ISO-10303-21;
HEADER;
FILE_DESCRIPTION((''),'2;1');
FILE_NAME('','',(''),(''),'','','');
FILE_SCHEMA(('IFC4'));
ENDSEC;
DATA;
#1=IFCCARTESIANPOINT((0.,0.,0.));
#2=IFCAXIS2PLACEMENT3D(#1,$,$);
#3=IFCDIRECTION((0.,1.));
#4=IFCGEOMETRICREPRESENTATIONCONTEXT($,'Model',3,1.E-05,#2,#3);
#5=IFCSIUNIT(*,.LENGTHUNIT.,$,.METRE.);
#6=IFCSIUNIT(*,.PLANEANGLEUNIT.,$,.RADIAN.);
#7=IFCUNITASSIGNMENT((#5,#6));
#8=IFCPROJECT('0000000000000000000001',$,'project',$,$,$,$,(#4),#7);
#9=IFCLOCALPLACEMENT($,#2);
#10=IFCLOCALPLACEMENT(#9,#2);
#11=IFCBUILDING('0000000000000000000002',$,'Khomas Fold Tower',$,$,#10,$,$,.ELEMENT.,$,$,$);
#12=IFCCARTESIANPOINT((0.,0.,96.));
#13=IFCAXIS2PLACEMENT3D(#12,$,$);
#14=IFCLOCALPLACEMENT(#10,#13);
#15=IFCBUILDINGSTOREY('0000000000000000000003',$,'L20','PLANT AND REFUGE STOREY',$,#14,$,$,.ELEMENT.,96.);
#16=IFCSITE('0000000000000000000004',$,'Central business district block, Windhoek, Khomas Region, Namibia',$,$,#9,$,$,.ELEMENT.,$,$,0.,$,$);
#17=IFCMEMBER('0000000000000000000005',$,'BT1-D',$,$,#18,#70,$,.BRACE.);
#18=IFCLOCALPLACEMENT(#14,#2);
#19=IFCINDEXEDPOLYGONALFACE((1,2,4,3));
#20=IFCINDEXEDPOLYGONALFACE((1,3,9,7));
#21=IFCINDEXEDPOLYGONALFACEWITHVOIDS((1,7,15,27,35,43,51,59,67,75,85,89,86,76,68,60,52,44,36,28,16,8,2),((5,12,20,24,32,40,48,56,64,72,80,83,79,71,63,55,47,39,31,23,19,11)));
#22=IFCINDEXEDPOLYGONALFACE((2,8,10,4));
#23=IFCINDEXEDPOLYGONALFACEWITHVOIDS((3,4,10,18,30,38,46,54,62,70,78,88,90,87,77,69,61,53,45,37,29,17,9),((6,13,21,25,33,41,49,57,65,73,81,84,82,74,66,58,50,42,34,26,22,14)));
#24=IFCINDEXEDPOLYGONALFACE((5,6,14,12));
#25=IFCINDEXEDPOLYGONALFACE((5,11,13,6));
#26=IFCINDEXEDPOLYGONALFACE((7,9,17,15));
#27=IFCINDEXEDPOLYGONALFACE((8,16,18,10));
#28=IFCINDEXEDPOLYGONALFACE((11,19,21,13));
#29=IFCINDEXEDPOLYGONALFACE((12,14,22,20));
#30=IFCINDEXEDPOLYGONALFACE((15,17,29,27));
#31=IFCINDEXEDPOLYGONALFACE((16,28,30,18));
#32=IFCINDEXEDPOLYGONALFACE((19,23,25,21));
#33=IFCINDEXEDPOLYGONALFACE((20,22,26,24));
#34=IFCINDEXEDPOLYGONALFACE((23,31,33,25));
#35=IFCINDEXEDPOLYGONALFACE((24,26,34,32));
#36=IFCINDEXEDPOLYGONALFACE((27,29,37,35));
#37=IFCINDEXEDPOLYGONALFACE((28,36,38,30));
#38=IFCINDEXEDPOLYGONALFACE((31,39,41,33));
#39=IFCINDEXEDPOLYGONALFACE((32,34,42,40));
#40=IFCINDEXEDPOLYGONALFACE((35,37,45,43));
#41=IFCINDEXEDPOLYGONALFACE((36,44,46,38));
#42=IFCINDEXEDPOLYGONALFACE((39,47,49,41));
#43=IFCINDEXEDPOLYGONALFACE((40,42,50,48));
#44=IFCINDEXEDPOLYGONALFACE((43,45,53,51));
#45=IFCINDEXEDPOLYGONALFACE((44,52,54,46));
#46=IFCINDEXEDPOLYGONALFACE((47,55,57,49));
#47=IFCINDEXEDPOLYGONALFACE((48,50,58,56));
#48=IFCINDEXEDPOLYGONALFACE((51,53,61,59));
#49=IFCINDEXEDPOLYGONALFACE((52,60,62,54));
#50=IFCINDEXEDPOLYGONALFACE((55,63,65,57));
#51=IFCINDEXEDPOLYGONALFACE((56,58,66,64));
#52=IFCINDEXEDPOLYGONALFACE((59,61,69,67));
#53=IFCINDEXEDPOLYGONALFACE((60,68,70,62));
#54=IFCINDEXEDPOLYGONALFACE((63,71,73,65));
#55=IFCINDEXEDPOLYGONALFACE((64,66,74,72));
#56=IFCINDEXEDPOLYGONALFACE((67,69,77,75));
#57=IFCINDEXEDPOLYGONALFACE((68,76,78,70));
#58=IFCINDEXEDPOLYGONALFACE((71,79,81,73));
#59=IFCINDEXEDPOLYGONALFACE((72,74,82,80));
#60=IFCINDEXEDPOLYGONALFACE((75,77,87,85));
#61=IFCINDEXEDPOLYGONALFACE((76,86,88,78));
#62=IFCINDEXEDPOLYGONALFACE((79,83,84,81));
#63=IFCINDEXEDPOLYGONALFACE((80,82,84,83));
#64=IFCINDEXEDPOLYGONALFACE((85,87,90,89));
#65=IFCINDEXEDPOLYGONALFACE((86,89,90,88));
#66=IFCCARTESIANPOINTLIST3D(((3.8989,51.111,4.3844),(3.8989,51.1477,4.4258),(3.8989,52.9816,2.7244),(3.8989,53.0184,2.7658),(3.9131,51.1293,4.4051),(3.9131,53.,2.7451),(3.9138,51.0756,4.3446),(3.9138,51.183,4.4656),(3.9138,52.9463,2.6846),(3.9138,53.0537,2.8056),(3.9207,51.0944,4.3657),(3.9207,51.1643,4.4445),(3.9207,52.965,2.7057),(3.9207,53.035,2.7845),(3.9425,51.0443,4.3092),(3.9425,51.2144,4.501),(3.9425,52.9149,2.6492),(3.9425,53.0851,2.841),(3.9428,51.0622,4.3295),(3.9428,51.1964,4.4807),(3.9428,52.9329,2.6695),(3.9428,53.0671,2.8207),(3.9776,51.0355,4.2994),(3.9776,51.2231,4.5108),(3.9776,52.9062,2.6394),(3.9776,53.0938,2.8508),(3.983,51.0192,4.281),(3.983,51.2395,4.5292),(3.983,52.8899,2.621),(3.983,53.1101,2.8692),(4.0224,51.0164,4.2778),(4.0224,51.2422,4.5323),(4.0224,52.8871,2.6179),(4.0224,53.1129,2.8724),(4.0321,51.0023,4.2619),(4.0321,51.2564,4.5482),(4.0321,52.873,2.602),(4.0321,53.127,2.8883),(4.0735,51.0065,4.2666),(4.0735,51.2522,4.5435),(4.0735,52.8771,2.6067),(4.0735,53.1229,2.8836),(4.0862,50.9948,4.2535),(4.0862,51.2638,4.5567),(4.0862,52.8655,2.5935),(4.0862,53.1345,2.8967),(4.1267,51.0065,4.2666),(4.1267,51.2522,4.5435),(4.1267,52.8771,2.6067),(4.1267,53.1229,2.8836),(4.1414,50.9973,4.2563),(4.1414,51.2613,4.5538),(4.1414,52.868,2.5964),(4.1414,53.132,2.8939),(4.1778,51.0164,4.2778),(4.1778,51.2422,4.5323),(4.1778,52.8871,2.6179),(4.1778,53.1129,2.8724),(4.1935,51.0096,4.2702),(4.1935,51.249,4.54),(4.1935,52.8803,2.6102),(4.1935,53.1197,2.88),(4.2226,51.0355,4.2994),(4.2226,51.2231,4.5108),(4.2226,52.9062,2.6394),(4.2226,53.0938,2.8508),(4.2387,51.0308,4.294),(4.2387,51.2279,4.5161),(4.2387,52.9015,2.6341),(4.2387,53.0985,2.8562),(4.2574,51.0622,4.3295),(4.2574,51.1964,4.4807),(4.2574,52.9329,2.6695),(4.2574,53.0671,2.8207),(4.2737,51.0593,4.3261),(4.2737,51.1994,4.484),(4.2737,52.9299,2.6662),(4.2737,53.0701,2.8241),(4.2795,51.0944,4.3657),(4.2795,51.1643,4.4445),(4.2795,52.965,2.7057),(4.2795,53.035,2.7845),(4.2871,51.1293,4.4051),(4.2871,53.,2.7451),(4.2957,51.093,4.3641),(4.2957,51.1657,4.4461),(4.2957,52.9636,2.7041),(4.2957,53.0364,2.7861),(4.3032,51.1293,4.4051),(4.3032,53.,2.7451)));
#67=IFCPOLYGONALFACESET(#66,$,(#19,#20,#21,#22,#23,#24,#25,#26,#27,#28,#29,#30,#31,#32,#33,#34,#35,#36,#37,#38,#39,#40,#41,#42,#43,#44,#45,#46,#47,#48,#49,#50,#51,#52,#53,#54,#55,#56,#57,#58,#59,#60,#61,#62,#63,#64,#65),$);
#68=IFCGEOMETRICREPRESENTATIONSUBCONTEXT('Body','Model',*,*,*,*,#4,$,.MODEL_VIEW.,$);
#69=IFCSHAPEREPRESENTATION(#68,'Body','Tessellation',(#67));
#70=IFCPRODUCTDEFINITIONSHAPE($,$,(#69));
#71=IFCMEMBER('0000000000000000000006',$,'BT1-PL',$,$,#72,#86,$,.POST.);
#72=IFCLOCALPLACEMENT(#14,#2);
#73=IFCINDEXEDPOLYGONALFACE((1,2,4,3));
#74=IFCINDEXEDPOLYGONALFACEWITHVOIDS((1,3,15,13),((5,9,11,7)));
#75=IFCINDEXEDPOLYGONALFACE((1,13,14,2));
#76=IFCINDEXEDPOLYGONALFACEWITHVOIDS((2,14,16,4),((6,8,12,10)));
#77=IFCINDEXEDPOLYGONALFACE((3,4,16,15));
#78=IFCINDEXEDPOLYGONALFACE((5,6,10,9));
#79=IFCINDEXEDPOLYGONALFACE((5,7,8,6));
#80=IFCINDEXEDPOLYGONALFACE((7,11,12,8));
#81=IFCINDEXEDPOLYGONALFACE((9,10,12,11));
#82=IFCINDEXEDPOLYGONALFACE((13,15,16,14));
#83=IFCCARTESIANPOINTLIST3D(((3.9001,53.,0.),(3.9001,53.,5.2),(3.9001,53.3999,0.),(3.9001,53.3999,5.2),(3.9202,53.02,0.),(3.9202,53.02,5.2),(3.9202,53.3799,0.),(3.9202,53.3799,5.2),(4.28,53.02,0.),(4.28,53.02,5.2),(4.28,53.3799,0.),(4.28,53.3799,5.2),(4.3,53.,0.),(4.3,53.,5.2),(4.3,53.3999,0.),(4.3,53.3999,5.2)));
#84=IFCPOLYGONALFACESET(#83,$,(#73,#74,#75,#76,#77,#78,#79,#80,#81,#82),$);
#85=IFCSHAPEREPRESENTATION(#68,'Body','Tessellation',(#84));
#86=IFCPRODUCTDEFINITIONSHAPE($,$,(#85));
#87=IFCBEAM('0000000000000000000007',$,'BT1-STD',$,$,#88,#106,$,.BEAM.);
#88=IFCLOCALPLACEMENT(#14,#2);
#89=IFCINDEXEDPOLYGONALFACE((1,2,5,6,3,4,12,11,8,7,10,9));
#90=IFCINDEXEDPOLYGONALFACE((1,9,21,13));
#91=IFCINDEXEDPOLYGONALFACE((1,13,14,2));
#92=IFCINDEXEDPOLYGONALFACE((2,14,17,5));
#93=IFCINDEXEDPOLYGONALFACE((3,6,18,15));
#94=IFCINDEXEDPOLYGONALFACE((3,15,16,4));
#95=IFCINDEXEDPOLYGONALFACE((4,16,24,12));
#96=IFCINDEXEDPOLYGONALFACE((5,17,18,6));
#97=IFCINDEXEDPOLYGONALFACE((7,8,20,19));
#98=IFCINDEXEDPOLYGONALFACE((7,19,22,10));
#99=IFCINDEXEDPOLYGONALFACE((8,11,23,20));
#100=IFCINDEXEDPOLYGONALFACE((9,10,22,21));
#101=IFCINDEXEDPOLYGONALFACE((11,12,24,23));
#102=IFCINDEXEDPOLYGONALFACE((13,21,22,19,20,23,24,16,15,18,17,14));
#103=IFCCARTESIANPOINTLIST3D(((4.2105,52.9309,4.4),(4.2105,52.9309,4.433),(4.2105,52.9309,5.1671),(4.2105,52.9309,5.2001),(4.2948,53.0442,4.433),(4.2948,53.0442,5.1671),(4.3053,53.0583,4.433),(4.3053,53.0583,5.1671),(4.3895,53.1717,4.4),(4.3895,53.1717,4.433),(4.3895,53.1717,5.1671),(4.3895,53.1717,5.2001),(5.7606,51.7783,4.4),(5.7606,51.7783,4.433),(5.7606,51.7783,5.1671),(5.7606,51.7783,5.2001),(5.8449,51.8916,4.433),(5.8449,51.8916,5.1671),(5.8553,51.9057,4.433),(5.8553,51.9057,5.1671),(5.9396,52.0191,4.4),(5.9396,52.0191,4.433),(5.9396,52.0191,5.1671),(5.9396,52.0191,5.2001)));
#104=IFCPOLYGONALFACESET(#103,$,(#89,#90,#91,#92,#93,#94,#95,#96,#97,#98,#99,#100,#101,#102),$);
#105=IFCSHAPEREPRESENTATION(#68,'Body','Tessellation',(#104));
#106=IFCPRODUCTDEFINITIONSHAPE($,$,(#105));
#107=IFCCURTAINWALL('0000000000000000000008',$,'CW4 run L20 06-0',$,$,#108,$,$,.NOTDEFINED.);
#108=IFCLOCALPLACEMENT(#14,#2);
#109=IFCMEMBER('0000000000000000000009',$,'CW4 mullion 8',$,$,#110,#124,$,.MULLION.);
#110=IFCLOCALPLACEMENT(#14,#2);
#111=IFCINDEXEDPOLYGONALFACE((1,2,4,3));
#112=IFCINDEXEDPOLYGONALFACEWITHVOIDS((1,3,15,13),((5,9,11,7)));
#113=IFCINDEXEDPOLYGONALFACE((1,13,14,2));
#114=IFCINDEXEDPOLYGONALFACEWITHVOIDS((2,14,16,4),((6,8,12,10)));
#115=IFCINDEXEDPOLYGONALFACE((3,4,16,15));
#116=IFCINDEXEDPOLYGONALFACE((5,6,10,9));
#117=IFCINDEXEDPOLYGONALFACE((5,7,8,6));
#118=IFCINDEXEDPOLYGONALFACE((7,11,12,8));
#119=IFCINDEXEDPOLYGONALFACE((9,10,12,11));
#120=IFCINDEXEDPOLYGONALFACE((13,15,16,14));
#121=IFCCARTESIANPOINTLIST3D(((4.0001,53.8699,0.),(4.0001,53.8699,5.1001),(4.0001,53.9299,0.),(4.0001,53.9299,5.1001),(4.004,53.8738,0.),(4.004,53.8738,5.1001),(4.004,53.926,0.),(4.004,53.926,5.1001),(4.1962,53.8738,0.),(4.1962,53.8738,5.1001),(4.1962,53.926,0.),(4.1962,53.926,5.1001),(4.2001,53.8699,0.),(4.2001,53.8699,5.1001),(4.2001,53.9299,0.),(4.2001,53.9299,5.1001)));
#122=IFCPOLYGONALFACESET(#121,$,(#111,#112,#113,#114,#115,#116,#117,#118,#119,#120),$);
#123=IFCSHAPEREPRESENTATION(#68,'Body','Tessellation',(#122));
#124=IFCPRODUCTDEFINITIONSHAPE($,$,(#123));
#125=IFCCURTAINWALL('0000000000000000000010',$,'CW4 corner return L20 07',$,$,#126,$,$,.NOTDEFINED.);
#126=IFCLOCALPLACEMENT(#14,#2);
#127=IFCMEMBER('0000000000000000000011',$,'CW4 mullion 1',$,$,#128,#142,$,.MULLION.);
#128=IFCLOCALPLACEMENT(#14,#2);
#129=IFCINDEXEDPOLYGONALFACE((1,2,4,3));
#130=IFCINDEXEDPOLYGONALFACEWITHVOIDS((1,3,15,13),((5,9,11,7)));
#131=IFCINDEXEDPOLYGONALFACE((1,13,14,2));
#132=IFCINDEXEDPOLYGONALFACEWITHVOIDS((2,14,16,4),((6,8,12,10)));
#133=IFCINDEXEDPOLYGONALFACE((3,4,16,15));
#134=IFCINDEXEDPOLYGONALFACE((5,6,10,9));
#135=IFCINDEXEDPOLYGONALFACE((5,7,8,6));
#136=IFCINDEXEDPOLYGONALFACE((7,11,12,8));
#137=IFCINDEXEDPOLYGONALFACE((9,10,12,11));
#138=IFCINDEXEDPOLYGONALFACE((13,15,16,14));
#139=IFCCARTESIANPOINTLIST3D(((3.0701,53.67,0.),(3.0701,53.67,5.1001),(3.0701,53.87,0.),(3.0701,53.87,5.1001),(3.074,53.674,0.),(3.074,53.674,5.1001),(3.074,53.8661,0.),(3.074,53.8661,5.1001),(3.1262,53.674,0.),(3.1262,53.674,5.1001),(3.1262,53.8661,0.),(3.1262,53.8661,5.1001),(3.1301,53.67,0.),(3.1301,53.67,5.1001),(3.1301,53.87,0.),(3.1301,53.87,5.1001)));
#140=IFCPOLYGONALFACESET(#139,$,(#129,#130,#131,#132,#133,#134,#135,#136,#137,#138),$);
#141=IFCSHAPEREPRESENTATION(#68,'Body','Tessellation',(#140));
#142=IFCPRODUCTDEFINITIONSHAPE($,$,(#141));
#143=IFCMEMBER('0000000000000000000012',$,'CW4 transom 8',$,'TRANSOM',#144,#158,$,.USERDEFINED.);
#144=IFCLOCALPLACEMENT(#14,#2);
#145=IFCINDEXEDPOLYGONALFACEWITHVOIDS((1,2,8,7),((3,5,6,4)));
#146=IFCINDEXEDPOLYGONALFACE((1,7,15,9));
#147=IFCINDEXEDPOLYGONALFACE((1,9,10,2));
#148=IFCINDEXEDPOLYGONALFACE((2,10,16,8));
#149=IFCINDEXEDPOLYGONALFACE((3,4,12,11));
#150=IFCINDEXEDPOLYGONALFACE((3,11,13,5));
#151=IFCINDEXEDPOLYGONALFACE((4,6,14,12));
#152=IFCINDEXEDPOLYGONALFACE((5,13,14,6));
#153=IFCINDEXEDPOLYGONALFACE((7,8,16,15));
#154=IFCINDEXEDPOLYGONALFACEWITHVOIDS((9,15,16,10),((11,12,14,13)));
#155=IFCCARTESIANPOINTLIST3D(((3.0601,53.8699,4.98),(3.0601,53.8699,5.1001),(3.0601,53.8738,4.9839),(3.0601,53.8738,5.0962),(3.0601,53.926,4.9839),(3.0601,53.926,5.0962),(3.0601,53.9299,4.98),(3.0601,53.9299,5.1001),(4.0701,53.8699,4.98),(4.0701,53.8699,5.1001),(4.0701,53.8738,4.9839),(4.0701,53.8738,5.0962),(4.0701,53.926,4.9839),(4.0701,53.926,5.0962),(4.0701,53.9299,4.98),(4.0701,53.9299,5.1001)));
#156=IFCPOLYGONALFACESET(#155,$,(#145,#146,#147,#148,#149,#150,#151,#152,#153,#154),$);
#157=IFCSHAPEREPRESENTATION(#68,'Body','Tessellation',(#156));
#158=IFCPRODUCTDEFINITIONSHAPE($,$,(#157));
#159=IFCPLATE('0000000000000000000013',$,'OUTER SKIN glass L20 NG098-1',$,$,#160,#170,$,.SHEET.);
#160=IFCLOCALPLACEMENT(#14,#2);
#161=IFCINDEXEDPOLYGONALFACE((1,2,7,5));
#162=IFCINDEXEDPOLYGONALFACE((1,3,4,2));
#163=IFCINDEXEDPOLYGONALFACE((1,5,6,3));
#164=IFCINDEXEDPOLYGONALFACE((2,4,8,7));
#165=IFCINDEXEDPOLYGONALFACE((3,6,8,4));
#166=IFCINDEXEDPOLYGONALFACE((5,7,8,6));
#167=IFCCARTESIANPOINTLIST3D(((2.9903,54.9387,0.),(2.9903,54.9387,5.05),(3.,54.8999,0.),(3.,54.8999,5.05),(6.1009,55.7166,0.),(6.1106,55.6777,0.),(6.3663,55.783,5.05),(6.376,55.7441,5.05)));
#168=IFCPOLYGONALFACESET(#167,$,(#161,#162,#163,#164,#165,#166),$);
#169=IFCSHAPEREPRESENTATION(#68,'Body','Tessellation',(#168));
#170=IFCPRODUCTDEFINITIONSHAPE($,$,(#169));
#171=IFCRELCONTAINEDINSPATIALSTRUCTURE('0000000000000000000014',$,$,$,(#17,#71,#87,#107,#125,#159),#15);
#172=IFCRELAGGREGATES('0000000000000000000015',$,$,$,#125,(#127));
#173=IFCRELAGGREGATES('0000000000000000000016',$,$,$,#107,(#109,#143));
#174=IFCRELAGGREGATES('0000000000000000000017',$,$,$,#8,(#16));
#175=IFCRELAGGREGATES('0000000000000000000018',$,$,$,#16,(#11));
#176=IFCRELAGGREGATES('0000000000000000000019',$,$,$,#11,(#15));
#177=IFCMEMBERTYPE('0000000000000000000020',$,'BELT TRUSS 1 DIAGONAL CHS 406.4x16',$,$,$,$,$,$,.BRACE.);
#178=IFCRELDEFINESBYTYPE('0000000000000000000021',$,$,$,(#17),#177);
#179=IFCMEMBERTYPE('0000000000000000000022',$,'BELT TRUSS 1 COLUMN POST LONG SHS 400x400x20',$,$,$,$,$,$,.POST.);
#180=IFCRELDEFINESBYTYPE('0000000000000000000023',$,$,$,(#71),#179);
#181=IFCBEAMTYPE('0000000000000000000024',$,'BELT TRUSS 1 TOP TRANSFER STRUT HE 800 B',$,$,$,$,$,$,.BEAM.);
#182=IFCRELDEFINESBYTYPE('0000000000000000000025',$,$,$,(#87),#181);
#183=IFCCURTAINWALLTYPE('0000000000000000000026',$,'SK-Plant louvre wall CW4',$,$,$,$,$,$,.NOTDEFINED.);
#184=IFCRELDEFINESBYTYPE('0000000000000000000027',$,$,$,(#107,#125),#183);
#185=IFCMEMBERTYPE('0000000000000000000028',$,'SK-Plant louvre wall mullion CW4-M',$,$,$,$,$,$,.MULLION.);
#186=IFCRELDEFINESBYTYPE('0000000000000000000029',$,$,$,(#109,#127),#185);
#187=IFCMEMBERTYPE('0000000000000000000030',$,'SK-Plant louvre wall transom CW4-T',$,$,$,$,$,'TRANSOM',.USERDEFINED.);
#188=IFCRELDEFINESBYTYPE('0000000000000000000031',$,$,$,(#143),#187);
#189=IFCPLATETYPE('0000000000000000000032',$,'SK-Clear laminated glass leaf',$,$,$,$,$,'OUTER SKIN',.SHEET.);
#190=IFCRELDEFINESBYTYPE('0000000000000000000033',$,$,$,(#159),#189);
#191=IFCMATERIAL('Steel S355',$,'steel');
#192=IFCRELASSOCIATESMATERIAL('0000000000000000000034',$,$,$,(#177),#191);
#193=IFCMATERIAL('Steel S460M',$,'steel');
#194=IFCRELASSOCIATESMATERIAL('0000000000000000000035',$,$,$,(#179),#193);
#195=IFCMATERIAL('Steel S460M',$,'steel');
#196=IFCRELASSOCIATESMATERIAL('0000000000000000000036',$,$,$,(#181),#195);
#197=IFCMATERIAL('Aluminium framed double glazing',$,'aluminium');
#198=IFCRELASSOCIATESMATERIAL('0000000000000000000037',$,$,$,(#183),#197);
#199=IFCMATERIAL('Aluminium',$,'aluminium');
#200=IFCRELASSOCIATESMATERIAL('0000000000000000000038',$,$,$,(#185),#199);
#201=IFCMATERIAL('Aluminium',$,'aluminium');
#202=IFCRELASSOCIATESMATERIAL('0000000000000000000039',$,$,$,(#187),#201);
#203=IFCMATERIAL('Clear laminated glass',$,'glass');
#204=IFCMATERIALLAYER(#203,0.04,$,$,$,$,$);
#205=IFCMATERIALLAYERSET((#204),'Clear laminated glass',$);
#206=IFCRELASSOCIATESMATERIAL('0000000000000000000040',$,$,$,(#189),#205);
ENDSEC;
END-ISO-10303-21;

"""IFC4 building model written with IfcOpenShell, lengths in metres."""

from ifc_helpers import new_model, si_unit, direction, frame, origin, origin_2d, place, context, subcontext, project, spatial, polyline, hollow_rectangle, hollow_circle, i_section, outline, extrude, source, transform, mapped, material, layer, layer_set, material_profile, profile_set, type_object, element, aggregate, save


model = new_model("IFC4")

# Units and contexts
model_context = context("Model", 3, precision=1e-05, world=origin(), true_north=direction((0.0, 1.0)))
body_context = subcontext(model_context, "Body", "Model", "MODEL_VIEW")
ifc_project = project(units=[si_unit("LENGTHUNIT", "METRE"), si_unit("PLANEANGLEUNIT", "RADIAN")], contexts=[model_context])

# Site, building, storey
site_placement = place(None, origin())
site = spatial("IfcSite", under=ifc_project, at=site_placement, Name="Central business district block, Windhoek, Khomas Region, Namibia", CompositionType="ELEMENT", RefElevation=0.0)
building_placement = place(site_placement, origin())
building = spatial("IfcBuilding", under=site, at=building_placement, Name="Khomas Fold Tower", CompositionType="ELEMENT")
storey_placement = place(building_placement, frame((0.0, 0.0, 96.0)))
storey = spatial("IfcBuildingStorey", under=building, at=storey_placement, Name="L20", Description="PLANT AND REFUGE STOREY", CompositionType="ELEMENT", Elevation=96.0)

# Members
ifc_material_1 = material(Name="Steel S355", Category="steel")
ifc_material_profile_1 = material_profile(ifc_material_1, hollow_circle(Radius=0.2031, WallThickness=0.0161, at=origin_2d()), Name="CHS 406.4x16")
ifc_profile_set_1 = profile_set([ifc_material_profile_1], Name="Steel S355")
member_type_1 = type_object("IfcMemberType", Name="BELT TRUSS 1 DIAGONAL CHS 406.4x16", PredefinedType="BRACE", material=ifc_profile_set_1)
shared_shape_1 = source(origin(), body_context, "Body", "SweptSolid", [
    extrude(hollow_circle(Radius=0.2031, WallThickness=0.0161, at=origin_2d()), origin(), (0.0, 0.0, 1.0), 2.501),
])
member_1_placement = place(storey_placement, frame((4.1001, 53.0, 2.7451), z_axis=(0.0, -0.747975, 0.663727), x_axis=(1.0, 0.0, 0.0)))
element("IfcMember", 1, at=member_1_placement, inside=storey, type_object=member_type_1, Name="BT1-D", PredefinedType="BRACE", context=body_context, shape_type="MappedRepresentation", body=[
    mapped(shared_shape_1, transform((0.0, 0.0, 0.0))),
])
ifc_material_2 = material(Name="Steel S460M", Category="steel")
ifc_material_profile_2 = material_profile(ifc_material_2, hollow_rectangle(XDim=0.3999, YDim=0.3999, WallThickness=0.02, at=origin_2d()), Name="SHS 400x400x20")
ifc_profile_set_2 = profile_set([ifc_material_profile_2], Name="Steel S460M")
member_type_2 = type_object("IfcMemberType", Name="BELT TRUSS 1 COLUMN POST LONG SHS 400x400x20", PredefinedType="POST", material=ifc_profile_set_2)
shared_shape_2 = source(origin(), body_context, "Body", "SweptSolid", [
    extrude(hollow_rectangle(XDim=0.3999, YDim=0.3999, WallThickness=0.02, at=origin_2d()), origin(), (0.0, 0.0, 1.0), 5.2),
])
member_2_placement = place(storey_placement, frame((4.1001, 53.2, 0.0), z_axis=(0.0, 0.0, 1.0), x_axis=(1.0, 0.0, 0.0)))
element("IfcMember", 2, at=member_2_placement, inside=storey, type_object=member_type_2, Name="BT1-PL", PredefinedType="POST", context=body_context, shape_type="MappedRepresentation", body=[
    mapped(shared_shape_2, transform((0.0, 0.0, 0.0))),
])

# Beam
ifc_material_3 = material(Name="Steel S460M", Category="steel")
ifc_material_profile_3 = material_profile(ifc_material_3, i_section(OverallWidth=0.3, OverallDepth=0.8, WebThickness=0.0176, FlangeThickness=0.033, at=origin_2d()), Name="HE 800 B")
ifc_profile_set_3 = profile_set([ifc_material_profile_3], Name="Steel S460M")
beam_type_1 = type_object("IfcBeamType", Name="BELT TRUSS 1 TOP TRANSFER STRUT HE 800 B", PredefinedType="BEAM", material=ifc_profile_set_3)
shared_shape_3 = source(origin(), body_context, "Body", "SweptSolid", [
    extrude(i_section(OverallWidth=0.3, OverallDepth=0.8, WebThickness=0.0176, FlangeThickness=0.033, at=origin_2d()), origin(), (0.0, 0.0, 1.0), 1.9316),
])
beam_1_placement = place(storey_placement, frame((5.8501, 51.8987, 4.8), z_axis=(-0.802465, 0.596699, 0.0), x_axis=(-0.596699, -0.802465, 0.0)))
element("IfcBeam", 3, at=beam_1_placement, inside=storey, type_object=beam_type_1, Name="BT1-STD", PredefinedType="BEAM", context=body_context, shape_type="MappedRepresentation", body=[
    mapped(shared_shape_3, transform((0.0, 0.0, 0.0))),
])

# Curtain walls, members
ifc_material_4 = material(Name="Aluminium framed double glazing", Category="aluminium")
curtain_wall_type = type_object("IfcCurtainWallType", Name="SK-Plant louvre wall CW4", PredefinedType="NOTDEFINED", material=ifc_material_4)
curtain_wall_1_placement = place(storey_placement, origin())
curtain_wall_1 = element("IfcCurtainWall", 4, at=curtain_wall_1_placement, inside=storey, type_object=curtain_wall_type, Name="CW4 run L20 06-0", PredefinedType="NOTDEFINED")
ifc_material_5 = material(Name="Aluminium", Category="aluminium")
ifc_material_profile_4 = material_profile(ifc_material_5, hollow_rectangle(XDim=0.0601, YDim=0.2, WallThickness=0.0039, at=origin_2d()), Name="SK-Plant louvre wall mullion CW4-M")
ifc_profile_set_4 = profile_set([ifc_material_profile_4], Name="Aluminium")
member_type_3 = type_object("IfcMemberType", Name="SK-Plant louvre wall mullion CW4-M", PredefinedType="MULLION", material=ifc_profile_set_4)
shared_shape_4 = source(origin(), body_context, "Body", "SweptSolid", [
    extrude(hollow_rectangle(XDim=0.0601, YDim=0.2, WallThickness=0.0039, at=origin_2d()), origin(), (0.0, 0.0, 1.0), 5.1001),
])
member_3_placement = place(storey_placement, frame((4.1001, 53.8999, 0.0), z_axis=(0.0, 0.0, 1.0), x_axis=(0.0, -1.0, 0.0)))
member_3 = element("IfcMember", 5, at=member_3_placement, type_object=member_type_3, Name="CW4 mullion 8", PredefinedType="MULLION", context=body_context, shape_type="MappedRepresentation", body=[
    mapped(shared_shape_4, transform((0.0, 0.0, 0.0))),
])
curtain_wall_2_placement = place(storey_placement, origin())
curtain_wall_2 = element("IfcCurtainWall", 6, at=curtain_wall_2_placement, inside=storey, type_object=curtain_wall_type, Name="CW4 corner return L20 07", PredefinedType="NOTDEFINED")
member_4_placement = place(storey_placement, frame((3.1001, 53.77, 0.0), z_axis=(0.0, 0.0, 1.0), x_axis=(1.0, 0.0, 0.0)))
member_4 = element("IfcMember", 7, at=member_4_placement, type_object=member_type_3, Name="CW4 mullion 1", PredefinedType="MULLION", context=body_context, shape_type="MappedRepresentation", body=[
    mapped(shared_shape_4, transform((0.0, 0.0, 0.0))),
])
aggregate(curtain_wall_2, [member_4])

# Member
ifc_material_6 = material(Name="Aluminium", Category="aluminium")
ifc_material_profile_5 = material_profile(ifc_material_6, hollow_rectangle(XDim=0.0601, YDim=0.1201, WallThickness=0.0039, at=origin_2d()), Name="SK-Plant louvre wall transom CW4-T")
ifc_profile_set_5 = profile_set([ifc_material_profile_5], Name="Aluminium")
member_type_4 = type_object("IfcMemberType", Name="SK-Plant louvre wall transom CW4-T", ElementType="TRANSOM", PredefinedType="USERDEFINED", material=ifc_profile_set_5)
shared_shape_5 = source(origin(), body_context, "Body", "SweptSolid", [
    extrude(hollow_rectangle(XDim=0.0601, YDim=0.1201, WallThickness=0.0039, at=origin_2d()), origin(), (0.0, 0.0, 1.0), 1.01),
])
member_5_placement = place(storey_placement, frame((4.0701, 53.8999, 5.04), z_axis=(-1.0, 0.0, 0.0), x_axis=(0.0, -1.0, 0.0)))
member_5 = element("IfcMember", 8, at=member_5_placement, type_object=member_type_4, Name="CW4 transom 8", ObjectType="TRANSOM", PredefinedType="USERDEFINED", context=body_context, shape_type="MappedRepresentation", body=[
    mapped(shared_shape_5, transform((0.0, 0.0, 0.0))),
])

# Plate
ifc_material_7 = material(Name="Clear laminated glass", Category="glass")
ifc_layer_1 = layer(ifc_material_7, 0.04)
ifc_layer_set_1 = layer_set([ifc_layer_1], Name="Clear laminated glass")
plate_type_1 = type_object("IfcPlateType", Name="SK-Clear laminated glass leaf", ElementType="OUTER SKIN", PredefinedType="SHEET", material=ifc_layer_set_1)
plate_1_placement = place(storey_placement, frame((6.1106, 55.6777, 0.0), z_axis=(0.242596, -0.970127, 0.000004), x_axis=(-0.970127, -0.242596, 0.0)))
element("IfcPlate", 9, at=plate_1_placement, inside=storey, type_object=plate_type_1, Name="OUTER SKIN glass L20 NG098-1", PredefinedType="SHEET", context=body_context, shape_type="SweptSolid", body=[
    extrude(outline(polyline([(0.0, 0.0), (3.2064, 0.0), (3.2064, -5.05), (-0.2736, -5.05), (0.0, 0.0)])), origin(), (0.0, 0.0, -1.0), 0.04),
])

aggregate(curtain_wall_1, [member_3, member_5])

save(model, "model.ifc")
